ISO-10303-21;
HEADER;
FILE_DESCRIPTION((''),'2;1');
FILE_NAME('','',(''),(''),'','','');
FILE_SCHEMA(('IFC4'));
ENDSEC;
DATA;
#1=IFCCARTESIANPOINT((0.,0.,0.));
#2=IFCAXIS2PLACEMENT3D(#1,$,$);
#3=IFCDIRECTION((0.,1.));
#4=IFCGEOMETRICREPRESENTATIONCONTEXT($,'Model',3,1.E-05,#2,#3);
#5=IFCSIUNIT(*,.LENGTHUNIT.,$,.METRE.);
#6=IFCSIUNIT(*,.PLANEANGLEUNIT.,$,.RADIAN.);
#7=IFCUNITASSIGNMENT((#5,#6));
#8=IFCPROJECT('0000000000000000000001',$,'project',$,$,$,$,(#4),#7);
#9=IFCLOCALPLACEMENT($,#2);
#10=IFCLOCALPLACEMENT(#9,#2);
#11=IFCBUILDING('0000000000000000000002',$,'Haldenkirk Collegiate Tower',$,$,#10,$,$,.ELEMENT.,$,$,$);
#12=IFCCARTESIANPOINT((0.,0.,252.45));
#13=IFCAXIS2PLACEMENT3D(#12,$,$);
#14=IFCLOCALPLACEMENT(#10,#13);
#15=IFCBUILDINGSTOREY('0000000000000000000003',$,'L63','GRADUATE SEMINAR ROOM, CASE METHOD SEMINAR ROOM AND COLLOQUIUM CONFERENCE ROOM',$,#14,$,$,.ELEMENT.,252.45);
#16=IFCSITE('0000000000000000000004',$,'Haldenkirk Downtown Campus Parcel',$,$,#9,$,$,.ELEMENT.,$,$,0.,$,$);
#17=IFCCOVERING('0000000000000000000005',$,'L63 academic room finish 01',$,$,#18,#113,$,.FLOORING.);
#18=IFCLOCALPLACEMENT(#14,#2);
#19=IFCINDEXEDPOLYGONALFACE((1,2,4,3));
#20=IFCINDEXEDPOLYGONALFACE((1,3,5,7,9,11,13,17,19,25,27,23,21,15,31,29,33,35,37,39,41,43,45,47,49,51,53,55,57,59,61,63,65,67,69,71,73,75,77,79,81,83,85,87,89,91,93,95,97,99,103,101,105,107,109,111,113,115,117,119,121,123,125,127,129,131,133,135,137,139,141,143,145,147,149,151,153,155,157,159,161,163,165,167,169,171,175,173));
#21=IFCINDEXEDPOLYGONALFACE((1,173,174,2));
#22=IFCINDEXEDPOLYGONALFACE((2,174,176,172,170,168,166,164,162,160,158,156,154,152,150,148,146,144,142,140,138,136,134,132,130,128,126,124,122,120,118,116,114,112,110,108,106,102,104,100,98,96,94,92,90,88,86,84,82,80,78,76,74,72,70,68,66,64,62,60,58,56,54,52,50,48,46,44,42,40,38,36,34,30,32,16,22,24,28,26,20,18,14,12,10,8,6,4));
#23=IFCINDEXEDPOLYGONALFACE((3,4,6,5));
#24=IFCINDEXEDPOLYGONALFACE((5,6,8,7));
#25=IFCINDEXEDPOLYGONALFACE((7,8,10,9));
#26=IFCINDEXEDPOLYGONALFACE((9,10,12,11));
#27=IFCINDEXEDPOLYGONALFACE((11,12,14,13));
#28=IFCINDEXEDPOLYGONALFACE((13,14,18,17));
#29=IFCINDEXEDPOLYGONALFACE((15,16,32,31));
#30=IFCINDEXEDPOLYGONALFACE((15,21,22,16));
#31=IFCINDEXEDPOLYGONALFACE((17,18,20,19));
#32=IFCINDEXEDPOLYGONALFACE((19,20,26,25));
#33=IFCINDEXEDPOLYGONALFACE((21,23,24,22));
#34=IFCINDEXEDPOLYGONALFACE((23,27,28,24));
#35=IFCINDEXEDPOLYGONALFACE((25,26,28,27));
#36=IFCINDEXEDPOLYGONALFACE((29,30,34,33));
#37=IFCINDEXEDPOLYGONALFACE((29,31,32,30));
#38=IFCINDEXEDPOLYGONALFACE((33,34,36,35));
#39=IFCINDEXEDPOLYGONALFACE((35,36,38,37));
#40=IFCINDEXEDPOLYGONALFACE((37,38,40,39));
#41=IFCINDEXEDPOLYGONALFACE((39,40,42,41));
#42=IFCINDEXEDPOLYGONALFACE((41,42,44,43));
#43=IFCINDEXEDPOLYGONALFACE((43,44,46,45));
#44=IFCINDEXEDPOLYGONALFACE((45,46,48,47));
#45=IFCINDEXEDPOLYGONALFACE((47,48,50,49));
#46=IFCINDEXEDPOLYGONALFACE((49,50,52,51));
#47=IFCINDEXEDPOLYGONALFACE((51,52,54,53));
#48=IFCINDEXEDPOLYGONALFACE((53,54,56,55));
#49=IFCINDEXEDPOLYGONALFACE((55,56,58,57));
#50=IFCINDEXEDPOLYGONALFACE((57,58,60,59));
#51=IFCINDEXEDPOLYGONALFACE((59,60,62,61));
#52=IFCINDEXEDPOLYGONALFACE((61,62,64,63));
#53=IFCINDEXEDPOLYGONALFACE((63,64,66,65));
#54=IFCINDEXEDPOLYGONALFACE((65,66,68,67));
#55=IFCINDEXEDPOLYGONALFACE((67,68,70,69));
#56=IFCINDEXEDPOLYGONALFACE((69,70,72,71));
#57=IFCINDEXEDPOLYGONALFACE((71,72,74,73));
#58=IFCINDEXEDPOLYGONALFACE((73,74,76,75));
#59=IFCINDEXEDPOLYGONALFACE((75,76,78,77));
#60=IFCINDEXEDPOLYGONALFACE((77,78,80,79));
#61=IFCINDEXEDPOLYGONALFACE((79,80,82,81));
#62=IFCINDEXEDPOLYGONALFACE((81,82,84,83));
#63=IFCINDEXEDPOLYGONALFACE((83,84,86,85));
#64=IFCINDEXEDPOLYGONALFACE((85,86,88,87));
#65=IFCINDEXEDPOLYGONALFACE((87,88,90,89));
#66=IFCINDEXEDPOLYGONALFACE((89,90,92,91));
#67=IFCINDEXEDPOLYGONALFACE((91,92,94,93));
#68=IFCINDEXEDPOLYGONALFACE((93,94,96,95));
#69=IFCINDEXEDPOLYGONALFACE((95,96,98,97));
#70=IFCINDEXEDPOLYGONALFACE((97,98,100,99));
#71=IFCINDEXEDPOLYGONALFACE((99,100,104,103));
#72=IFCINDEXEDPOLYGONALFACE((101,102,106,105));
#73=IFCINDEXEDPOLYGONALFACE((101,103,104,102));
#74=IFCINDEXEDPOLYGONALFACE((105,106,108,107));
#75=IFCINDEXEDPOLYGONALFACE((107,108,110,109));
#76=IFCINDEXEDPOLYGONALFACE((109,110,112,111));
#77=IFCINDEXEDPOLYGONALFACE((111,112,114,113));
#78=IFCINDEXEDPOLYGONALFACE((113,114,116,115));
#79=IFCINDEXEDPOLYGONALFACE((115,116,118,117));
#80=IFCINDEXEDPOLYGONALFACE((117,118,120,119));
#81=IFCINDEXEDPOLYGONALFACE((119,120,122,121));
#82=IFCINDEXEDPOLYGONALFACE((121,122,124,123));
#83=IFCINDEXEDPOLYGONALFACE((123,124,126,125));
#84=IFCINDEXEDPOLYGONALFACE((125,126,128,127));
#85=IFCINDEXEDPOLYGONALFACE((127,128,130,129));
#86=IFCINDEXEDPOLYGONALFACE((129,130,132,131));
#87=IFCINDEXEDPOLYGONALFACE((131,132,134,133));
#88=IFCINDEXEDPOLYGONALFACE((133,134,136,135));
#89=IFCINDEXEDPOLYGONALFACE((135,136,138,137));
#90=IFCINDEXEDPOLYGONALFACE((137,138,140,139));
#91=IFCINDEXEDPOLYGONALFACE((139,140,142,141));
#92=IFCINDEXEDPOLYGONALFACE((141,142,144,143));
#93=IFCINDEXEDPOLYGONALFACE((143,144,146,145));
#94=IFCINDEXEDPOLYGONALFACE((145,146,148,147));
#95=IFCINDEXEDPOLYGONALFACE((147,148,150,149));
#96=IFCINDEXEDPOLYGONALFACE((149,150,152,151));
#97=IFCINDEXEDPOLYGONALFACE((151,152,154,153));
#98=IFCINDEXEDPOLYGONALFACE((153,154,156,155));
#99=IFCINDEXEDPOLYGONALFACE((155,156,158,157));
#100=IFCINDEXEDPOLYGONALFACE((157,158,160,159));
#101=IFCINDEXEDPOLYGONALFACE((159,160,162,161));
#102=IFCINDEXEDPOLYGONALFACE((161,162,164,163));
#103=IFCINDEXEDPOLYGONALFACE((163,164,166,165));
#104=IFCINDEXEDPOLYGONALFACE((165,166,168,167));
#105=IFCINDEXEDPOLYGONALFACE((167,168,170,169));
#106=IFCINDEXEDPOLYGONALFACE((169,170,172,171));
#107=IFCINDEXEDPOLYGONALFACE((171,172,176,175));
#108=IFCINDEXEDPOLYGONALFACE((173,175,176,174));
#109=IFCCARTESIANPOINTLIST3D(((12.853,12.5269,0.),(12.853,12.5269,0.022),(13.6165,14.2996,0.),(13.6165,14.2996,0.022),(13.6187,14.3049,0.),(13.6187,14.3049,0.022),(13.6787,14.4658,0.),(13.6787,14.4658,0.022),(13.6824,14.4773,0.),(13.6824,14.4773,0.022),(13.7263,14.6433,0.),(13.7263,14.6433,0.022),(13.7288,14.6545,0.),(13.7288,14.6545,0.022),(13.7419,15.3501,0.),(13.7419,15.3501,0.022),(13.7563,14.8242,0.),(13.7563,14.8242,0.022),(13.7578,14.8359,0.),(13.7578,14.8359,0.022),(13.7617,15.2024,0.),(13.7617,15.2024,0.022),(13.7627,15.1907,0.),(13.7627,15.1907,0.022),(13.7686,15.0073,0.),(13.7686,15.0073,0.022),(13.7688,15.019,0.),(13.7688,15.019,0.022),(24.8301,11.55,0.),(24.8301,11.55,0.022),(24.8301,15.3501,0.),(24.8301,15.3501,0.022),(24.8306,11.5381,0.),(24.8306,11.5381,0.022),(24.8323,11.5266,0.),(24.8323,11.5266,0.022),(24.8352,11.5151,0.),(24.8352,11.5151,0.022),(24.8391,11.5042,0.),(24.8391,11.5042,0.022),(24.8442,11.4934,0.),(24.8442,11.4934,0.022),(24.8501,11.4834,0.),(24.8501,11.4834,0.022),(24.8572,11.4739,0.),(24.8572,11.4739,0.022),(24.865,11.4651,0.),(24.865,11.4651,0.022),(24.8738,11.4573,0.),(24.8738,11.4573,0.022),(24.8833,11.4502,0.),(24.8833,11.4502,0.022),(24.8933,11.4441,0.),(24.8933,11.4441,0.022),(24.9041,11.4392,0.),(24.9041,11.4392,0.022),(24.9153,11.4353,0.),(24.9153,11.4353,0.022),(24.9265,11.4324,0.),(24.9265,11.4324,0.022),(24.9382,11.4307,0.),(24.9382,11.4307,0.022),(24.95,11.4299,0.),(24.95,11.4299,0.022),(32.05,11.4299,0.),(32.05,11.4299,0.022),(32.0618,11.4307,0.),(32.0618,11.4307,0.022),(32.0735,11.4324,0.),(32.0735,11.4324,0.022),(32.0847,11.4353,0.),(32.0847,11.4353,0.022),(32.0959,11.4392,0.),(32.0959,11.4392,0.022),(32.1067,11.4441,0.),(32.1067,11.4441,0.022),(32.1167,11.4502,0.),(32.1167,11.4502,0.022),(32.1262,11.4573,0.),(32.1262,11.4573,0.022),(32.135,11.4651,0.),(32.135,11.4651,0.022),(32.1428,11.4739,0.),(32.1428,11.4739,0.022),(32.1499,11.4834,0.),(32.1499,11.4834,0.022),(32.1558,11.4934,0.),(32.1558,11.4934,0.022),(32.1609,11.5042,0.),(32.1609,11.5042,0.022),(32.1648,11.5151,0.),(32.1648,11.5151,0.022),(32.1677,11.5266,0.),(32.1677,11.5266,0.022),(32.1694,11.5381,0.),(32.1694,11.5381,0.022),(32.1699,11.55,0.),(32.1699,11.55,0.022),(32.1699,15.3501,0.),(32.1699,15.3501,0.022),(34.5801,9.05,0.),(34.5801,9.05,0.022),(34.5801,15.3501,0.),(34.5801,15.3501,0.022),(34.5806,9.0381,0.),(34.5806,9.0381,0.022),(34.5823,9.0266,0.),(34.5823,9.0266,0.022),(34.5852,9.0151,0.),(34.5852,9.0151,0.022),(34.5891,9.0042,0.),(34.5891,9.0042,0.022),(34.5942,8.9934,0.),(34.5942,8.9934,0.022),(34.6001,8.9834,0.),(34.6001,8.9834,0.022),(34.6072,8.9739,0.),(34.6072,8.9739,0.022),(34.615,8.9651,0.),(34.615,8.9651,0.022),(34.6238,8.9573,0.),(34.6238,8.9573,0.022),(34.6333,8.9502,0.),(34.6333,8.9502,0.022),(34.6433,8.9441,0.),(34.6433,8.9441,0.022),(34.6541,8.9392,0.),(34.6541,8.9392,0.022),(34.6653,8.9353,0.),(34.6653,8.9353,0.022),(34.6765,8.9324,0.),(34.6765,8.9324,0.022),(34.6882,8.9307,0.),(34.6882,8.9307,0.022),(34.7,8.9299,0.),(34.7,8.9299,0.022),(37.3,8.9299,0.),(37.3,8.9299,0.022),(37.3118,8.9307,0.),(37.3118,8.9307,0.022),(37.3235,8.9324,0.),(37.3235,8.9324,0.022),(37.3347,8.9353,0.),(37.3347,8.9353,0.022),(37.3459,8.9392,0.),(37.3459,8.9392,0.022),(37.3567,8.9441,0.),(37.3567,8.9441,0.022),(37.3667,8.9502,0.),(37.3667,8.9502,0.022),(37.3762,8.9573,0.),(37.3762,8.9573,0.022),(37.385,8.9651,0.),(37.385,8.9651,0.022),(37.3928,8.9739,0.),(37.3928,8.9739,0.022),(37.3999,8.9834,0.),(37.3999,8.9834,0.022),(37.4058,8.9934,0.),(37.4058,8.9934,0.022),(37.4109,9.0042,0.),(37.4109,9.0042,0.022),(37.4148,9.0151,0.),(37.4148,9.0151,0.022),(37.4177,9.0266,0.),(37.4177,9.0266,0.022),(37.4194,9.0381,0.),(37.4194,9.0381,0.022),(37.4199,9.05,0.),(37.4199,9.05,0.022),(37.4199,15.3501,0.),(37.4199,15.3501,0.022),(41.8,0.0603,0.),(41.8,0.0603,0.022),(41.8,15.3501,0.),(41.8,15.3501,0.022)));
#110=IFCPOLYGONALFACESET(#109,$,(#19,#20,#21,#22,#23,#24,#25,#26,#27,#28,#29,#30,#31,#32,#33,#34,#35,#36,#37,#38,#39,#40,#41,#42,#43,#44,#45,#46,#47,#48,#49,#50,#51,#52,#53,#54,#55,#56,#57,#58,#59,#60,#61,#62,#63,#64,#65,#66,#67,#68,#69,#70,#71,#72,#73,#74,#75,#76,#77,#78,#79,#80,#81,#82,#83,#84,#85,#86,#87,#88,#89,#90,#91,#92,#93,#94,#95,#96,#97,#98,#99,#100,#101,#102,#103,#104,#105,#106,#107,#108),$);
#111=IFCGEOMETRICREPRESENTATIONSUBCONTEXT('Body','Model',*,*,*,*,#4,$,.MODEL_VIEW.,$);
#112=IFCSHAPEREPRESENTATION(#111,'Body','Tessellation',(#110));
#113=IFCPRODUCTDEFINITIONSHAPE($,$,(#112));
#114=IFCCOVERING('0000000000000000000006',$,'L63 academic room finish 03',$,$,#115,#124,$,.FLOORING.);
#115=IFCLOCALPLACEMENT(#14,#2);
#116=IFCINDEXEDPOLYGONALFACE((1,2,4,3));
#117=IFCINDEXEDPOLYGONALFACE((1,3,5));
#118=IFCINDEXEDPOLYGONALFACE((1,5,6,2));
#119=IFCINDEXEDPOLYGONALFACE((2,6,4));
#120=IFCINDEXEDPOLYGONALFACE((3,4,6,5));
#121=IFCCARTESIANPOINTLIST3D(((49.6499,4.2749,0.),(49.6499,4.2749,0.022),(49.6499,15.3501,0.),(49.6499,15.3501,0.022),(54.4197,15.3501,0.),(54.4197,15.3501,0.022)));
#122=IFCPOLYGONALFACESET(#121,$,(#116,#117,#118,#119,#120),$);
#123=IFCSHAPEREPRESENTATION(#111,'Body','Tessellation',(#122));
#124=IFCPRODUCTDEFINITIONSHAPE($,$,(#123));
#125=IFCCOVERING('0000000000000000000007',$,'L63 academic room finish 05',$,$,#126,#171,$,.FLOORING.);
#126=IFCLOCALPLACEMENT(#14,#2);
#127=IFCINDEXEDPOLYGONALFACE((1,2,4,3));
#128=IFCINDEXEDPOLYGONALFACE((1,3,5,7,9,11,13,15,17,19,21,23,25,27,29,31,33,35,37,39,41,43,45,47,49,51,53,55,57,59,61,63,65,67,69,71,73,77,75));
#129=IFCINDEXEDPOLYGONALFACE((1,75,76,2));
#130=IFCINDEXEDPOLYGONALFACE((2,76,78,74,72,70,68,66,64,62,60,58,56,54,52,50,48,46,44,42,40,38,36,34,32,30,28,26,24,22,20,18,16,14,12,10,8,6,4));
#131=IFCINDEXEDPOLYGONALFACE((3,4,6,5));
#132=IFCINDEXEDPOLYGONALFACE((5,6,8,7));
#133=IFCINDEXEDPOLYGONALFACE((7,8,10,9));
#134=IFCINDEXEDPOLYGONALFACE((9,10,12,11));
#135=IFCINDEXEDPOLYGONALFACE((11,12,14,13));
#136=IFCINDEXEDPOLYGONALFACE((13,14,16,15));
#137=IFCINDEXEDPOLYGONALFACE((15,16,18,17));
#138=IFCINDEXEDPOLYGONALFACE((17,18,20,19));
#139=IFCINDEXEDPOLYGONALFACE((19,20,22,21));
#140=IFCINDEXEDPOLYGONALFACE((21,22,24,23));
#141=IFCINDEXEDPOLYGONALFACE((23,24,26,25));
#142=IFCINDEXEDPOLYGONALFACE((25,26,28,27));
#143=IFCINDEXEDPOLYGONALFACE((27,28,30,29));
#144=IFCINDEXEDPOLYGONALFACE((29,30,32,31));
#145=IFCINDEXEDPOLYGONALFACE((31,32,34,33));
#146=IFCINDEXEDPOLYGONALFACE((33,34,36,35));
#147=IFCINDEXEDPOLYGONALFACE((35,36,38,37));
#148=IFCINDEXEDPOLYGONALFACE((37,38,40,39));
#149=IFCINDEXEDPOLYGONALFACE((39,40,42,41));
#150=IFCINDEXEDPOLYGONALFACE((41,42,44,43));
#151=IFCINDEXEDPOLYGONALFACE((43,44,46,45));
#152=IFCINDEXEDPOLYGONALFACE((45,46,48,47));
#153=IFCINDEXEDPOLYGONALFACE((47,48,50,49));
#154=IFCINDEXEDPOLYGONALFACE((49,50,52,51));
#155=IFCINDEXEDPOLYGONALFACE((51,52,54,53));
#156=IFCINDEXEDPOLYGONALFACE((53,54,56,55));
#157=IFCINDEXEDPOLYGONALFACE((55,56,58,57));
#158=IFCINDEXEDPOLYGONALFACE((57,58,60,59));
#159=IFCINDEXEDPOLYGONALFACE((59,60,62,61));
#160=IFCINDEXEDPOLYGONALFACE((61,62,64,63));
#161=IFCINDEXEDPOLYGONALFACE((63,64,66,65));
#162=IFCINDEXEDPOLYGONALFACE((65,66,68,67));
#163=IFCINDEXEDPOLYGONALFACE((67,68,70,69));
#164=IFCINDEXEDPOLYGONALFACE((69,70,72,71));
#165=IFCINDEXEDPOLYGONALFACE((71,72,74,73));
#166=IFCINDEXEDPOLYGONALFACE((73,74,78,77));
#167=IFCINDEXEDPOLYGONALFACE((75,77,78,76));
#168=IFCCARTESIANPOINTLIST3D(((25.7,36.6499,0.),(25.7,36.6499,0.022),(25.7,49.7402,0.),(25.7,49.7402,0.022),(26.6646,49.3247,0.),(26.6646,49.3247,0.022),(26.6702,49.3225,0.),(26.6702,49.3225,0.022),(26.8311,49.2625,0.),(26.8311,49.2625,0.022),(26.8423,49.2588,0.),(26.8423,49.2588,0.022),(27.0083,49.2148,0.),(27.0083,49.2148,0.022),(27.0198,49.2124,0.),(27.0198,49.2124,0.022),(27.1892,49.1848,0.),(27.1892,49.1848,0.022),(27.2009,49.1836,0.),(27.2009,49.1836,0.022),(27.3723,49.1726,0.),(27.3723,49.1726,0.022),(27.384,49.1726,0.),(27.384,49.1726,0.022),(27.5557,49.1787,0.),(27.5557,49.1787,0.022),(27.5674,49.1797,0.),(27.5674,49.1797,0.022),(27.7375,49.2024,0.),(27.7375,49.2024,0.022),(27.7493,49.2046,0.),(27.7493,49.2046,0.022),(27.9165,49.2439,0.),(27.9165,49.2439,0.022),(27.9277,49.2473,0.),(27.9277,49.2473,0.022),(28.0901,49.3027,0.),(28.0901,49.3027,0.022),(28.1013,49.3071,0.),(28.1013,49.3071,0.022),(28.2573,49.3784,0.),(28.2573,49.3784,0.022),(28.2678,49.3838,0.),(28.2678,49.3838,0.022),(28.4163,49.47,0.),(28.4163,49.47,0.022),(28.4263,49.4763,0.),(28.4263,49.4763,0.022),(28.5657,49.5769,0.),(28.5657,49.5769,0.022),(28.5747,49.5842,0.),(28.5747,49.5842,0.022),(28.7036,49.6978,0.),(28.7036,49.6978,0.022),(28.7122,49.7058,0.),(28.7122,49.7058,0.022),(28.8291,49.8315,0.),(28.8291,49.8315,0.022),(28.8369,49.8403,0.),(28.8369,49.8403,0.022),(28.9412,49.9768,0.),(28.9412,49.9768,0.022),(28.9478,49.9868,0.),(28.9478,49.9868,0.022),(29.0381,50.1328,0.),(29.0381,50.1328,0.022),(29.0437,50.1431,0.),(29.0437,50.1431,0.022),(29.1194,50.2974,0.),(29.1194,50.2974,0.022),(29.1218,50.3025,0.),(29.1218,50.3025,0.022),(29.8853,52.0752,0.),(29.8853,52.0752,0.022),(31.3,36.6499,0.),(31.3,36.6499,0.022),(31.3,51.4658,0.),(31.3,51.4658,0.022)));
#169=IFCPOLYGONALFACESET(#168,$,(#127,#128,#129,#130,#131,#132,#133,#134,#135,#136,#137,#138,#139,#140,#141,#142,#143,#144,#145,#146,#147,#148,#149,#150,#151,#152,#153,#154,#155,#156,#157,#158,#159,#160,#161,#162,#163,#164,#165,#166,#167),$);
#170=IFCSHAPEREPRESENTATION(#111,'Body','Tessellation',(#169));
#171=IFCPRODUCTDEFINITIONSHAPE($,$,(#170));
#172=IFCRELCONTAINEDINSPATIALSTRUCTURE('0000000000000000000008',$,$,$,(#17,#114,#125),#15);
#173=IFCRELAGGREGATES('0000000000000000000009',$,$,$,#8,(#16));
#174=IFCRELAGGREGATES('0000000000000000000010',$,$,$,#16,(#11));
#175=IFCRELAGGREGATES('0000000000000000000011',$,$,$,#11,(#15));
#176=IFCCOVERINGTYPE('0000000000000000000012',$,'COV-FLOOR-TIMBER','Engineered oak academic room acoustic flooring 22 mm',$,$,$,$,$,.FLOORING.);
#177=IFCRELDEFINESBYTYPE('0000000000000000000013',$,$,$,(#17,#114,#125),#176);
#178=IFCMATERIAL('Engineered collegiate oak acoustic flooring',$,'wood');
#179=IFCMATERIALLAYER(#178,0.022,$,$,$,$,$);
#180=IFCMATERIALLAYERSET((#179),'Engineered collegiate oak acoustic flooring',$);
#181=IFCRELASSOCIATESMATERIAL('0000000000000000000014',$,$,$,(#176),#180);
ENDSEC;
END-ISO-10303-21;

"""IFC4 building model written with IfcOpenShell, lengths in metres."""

from ifc_helpers import new_model, si_unit, direction, frame, origin, place, context, subcontext, project, spatial, polyline, outline, extrude, material, layer, layer_set, type_object, element, save


model = new_model("IFC4")

# Units and contexts
model_context = context("Model", 3, precision=1e-05, world=origin(), true_north=direction((0.0, 1.0)))
body_context = subcontext(model_context, "Body", "Model", "MODEL_VIEW")
ifc_project = project(units=[si_unit("LENGTHUNIT", "METRE"), si_unit("PLANEANGLEUNIT", "RADIAN")], contexts=[model_context])

# Site, building, storey
site_placement = place(None, origin())
site = spatial("IfcSite", under=ifc_project, at=site_placement, Name="Haldenkirk Downtown Campus Parcel", CompositionType="ELEMENT", RefElevation=0.0)
building_placement = place(site_placement, origin())
building = spatial("IfcBuilding", under=site, at=building_placement, Name="Haldenkirk Collegiate Tower", CompositionType="ELEMENT")
storey_placement = place(building_placement, frame((0.0, 0.0, 252.45)))
storey = spatial("IfcBuildingStorey", under=building, at=storey_placement, Name="L63", Description="GRADUATE SEMINAR ROOM, CASE METHOD SEMINAR ROOM AND COLLOQUIUM CONFERENCE ROOM", CompositionType="ELEMENT", Elevation=252.45)

# Coverings
ifc_material_1 = material(Name="Engineered collegiate oak acoustic flooring", Category="wood")
ifc_layer_1 = layer(ifc_material_1, 0.022)
ifc_layer_set_1 = layer_set([ifc_layer_1], Name="Engineered collegiate oak acoustic flooring")
covering_type_1 = type_object("IfcCoveringType", Name="COV-FLOOR-TIMBER", Description="Engineered oak academic room acoustic flooring 22 mm", PredefinedType="FLOORING", material=ifc_layer_set_1)
covering_1_placement = place(storey_placement, origin())
element("IfcCovering", 1, at=covering_1_placement, inside=storey, type_object=covering_type_1, Name="L63 academic room finish 01", PredefinedType="FLOORING", context=body_context, shape_type="SweptSolid", body=[
    extrude(outline(polyline([(12.853, 12.5269), (13.6165, 14.2996), (13.6187, 14.3049), (13.6787, 14.4658), (13.6824, 14.4773), (13.7263, 14.6433), (13.7288, 14.6545), (13.7563, 14.8242), (13.7578, 14.8359), (13.7686, 15.0073), (13.7688, 15.019), (13.7627, 15.1907), (13.7617, 15.2024), (13.7419, 15.3501), (24.8301, 15.3501), (24.8301, 11.55), (24.8306, 11.5381), (24.8323, 11.5266), (24.8352, 11.5151), (24.8391, 11.5042), (24.8442, 11.4934), (24.8501, 11.4834), (24.8572, 11.4739), (24.865, 11.4651), (24.8738, 11.4573), (24.8833, 11.4502), (24.8933, 11.4441), (24.9041, 11.4392), (24.9153, 11.4353), (24.9265, 11.4324), (24.9382, 11.4307), (24.95, 11.4299), (32.05, 11.4299), (32.0618, 11.4307), (32.0735, 11.4324), (32.0847, 11.4353), (32.0959, 11.4392), (32.1067, 11.4441), (32.1167, 11.4502), (32.1262, 11.4573), (32.135, 11.4651), (32.1428, 11.4739), (32.1499, 11.4834), (32.1558, 11.4934), (32.1609, 11.5042), (32.1648, 11.5151), (32.1677, 11.5266), (32.1694, 11.5381), (32.1699, 11.55), (32.1699, 15.3501), (34.5801, 15.3501), (34.5801, 9.05), (34.5806, 9.0381), (34.5823, 9.0266), (34.5852, 9.0151), (34.5891, 9.0042), (34.5942, 8.9934), (34.6001, 8.9834), (34.6072, 8.9739), (34.615, 8.9651), (34.6238, 8.9573), (34.6333, 8.9502), (34.6433, 8.9441), (34.6541, 8.9392), (34.6653, 8.9353), (34.6765, 8.9324), (34.6882, 8.9307), (34.7, 8.9299), (37.3, 8.9299), (37.3118, 8.9307), (37.3235, 8.9324), (37.3347, 8.9353), (37.3459, 8.9392), (37.3567, 8.9441), (37.3667, 8.9502), (37.3762, 8.9573), (37.385, 8.9651), (37.3928, 8.9739), (37.3999, 8.9834), (37.4058, 8.9934), (37.4109, 9.0042), (37.4148, 9.0151), (37.4177, 9.0266), (37.4194, 9.0381), (37.4199, 9.05), (37.4199, 15.3501), (41.8, 15.3501), (41.8, 0.0603), (12.853, 12.5269)])), origin(), (0.0, 0.0, 1.0), 0.022),
])
covering_2_placement = place(storey_placement, origin())
element("IfcCovering", 2, at=covering_2_placement, inside=storey, type_object=covering_type_1, Name="L63 academic room finish 03", PredefinedType="FLOORING", context=body_context, shape_type="SweptSolid", body=[
    extrude(outline(polyline([(49.6499, 4.2749), (49.6499, 15.3501), (54.4197, 15.3501), (49.6499, 4.2749)])), origin(), (0.0, 0.0, 1.0), 0.022),
])
covering_3_placement = place(storey_placement, origin())
element("IfcCovering", 3, at=covering_3_placement, inside=storey, type_object=covering_type_1, Name="L63 academic room finish 05", PredefinedType="FLOORING", context=body_context, shape_type="SweptSolid", body=[
    extrude(outline(polyline([(26.6646, 49.3247), (26.6702, 49.3225), (26.8311, 49.2625), (26.8423, 49.2588), (27.0083, 49.2148), (27.0198, 49.2124), (27.1892, 49.1848), (27.2009, 49.1836), (27.3723, 49.1726), (27.384, 49.1726), (27.5557, 49.1787), (27.5674, 49.1797), (27.7375, 49.2024), (27.7493, 49.2046), (27.9165, 49.2439), (27.9277, 49.2473), (28.0901, 49.3027), (28.1013, 49.3071), (28.2573, 49.3784), (28.2678, 49.3838), (28.4163, 49.47), (28.4263, 49.4763), (28.5657, 49.5769), (28.5747, 49.5842), (28.7036, 49.6978), (28.7122, 49.7058), (28.8291, 49.8315), (28.8369, 49.8403), (28.9412, 49.9768), (28.9478, 49.9868), (29.0381, 50.1328), (29.0437, 50.1431), (29.1194, 50.2974), (29.1218, 50.3025), (29.8853, 52.0752), (31.3, 51.4658), (31.3, 36.6499), (25.7, 36.6499), (25.7, 49.7402), (26.6646, 49.3247)])), origin(), (0.0, 0.0, 1.0), 0.022),
])

save(model, "model.ifc")
